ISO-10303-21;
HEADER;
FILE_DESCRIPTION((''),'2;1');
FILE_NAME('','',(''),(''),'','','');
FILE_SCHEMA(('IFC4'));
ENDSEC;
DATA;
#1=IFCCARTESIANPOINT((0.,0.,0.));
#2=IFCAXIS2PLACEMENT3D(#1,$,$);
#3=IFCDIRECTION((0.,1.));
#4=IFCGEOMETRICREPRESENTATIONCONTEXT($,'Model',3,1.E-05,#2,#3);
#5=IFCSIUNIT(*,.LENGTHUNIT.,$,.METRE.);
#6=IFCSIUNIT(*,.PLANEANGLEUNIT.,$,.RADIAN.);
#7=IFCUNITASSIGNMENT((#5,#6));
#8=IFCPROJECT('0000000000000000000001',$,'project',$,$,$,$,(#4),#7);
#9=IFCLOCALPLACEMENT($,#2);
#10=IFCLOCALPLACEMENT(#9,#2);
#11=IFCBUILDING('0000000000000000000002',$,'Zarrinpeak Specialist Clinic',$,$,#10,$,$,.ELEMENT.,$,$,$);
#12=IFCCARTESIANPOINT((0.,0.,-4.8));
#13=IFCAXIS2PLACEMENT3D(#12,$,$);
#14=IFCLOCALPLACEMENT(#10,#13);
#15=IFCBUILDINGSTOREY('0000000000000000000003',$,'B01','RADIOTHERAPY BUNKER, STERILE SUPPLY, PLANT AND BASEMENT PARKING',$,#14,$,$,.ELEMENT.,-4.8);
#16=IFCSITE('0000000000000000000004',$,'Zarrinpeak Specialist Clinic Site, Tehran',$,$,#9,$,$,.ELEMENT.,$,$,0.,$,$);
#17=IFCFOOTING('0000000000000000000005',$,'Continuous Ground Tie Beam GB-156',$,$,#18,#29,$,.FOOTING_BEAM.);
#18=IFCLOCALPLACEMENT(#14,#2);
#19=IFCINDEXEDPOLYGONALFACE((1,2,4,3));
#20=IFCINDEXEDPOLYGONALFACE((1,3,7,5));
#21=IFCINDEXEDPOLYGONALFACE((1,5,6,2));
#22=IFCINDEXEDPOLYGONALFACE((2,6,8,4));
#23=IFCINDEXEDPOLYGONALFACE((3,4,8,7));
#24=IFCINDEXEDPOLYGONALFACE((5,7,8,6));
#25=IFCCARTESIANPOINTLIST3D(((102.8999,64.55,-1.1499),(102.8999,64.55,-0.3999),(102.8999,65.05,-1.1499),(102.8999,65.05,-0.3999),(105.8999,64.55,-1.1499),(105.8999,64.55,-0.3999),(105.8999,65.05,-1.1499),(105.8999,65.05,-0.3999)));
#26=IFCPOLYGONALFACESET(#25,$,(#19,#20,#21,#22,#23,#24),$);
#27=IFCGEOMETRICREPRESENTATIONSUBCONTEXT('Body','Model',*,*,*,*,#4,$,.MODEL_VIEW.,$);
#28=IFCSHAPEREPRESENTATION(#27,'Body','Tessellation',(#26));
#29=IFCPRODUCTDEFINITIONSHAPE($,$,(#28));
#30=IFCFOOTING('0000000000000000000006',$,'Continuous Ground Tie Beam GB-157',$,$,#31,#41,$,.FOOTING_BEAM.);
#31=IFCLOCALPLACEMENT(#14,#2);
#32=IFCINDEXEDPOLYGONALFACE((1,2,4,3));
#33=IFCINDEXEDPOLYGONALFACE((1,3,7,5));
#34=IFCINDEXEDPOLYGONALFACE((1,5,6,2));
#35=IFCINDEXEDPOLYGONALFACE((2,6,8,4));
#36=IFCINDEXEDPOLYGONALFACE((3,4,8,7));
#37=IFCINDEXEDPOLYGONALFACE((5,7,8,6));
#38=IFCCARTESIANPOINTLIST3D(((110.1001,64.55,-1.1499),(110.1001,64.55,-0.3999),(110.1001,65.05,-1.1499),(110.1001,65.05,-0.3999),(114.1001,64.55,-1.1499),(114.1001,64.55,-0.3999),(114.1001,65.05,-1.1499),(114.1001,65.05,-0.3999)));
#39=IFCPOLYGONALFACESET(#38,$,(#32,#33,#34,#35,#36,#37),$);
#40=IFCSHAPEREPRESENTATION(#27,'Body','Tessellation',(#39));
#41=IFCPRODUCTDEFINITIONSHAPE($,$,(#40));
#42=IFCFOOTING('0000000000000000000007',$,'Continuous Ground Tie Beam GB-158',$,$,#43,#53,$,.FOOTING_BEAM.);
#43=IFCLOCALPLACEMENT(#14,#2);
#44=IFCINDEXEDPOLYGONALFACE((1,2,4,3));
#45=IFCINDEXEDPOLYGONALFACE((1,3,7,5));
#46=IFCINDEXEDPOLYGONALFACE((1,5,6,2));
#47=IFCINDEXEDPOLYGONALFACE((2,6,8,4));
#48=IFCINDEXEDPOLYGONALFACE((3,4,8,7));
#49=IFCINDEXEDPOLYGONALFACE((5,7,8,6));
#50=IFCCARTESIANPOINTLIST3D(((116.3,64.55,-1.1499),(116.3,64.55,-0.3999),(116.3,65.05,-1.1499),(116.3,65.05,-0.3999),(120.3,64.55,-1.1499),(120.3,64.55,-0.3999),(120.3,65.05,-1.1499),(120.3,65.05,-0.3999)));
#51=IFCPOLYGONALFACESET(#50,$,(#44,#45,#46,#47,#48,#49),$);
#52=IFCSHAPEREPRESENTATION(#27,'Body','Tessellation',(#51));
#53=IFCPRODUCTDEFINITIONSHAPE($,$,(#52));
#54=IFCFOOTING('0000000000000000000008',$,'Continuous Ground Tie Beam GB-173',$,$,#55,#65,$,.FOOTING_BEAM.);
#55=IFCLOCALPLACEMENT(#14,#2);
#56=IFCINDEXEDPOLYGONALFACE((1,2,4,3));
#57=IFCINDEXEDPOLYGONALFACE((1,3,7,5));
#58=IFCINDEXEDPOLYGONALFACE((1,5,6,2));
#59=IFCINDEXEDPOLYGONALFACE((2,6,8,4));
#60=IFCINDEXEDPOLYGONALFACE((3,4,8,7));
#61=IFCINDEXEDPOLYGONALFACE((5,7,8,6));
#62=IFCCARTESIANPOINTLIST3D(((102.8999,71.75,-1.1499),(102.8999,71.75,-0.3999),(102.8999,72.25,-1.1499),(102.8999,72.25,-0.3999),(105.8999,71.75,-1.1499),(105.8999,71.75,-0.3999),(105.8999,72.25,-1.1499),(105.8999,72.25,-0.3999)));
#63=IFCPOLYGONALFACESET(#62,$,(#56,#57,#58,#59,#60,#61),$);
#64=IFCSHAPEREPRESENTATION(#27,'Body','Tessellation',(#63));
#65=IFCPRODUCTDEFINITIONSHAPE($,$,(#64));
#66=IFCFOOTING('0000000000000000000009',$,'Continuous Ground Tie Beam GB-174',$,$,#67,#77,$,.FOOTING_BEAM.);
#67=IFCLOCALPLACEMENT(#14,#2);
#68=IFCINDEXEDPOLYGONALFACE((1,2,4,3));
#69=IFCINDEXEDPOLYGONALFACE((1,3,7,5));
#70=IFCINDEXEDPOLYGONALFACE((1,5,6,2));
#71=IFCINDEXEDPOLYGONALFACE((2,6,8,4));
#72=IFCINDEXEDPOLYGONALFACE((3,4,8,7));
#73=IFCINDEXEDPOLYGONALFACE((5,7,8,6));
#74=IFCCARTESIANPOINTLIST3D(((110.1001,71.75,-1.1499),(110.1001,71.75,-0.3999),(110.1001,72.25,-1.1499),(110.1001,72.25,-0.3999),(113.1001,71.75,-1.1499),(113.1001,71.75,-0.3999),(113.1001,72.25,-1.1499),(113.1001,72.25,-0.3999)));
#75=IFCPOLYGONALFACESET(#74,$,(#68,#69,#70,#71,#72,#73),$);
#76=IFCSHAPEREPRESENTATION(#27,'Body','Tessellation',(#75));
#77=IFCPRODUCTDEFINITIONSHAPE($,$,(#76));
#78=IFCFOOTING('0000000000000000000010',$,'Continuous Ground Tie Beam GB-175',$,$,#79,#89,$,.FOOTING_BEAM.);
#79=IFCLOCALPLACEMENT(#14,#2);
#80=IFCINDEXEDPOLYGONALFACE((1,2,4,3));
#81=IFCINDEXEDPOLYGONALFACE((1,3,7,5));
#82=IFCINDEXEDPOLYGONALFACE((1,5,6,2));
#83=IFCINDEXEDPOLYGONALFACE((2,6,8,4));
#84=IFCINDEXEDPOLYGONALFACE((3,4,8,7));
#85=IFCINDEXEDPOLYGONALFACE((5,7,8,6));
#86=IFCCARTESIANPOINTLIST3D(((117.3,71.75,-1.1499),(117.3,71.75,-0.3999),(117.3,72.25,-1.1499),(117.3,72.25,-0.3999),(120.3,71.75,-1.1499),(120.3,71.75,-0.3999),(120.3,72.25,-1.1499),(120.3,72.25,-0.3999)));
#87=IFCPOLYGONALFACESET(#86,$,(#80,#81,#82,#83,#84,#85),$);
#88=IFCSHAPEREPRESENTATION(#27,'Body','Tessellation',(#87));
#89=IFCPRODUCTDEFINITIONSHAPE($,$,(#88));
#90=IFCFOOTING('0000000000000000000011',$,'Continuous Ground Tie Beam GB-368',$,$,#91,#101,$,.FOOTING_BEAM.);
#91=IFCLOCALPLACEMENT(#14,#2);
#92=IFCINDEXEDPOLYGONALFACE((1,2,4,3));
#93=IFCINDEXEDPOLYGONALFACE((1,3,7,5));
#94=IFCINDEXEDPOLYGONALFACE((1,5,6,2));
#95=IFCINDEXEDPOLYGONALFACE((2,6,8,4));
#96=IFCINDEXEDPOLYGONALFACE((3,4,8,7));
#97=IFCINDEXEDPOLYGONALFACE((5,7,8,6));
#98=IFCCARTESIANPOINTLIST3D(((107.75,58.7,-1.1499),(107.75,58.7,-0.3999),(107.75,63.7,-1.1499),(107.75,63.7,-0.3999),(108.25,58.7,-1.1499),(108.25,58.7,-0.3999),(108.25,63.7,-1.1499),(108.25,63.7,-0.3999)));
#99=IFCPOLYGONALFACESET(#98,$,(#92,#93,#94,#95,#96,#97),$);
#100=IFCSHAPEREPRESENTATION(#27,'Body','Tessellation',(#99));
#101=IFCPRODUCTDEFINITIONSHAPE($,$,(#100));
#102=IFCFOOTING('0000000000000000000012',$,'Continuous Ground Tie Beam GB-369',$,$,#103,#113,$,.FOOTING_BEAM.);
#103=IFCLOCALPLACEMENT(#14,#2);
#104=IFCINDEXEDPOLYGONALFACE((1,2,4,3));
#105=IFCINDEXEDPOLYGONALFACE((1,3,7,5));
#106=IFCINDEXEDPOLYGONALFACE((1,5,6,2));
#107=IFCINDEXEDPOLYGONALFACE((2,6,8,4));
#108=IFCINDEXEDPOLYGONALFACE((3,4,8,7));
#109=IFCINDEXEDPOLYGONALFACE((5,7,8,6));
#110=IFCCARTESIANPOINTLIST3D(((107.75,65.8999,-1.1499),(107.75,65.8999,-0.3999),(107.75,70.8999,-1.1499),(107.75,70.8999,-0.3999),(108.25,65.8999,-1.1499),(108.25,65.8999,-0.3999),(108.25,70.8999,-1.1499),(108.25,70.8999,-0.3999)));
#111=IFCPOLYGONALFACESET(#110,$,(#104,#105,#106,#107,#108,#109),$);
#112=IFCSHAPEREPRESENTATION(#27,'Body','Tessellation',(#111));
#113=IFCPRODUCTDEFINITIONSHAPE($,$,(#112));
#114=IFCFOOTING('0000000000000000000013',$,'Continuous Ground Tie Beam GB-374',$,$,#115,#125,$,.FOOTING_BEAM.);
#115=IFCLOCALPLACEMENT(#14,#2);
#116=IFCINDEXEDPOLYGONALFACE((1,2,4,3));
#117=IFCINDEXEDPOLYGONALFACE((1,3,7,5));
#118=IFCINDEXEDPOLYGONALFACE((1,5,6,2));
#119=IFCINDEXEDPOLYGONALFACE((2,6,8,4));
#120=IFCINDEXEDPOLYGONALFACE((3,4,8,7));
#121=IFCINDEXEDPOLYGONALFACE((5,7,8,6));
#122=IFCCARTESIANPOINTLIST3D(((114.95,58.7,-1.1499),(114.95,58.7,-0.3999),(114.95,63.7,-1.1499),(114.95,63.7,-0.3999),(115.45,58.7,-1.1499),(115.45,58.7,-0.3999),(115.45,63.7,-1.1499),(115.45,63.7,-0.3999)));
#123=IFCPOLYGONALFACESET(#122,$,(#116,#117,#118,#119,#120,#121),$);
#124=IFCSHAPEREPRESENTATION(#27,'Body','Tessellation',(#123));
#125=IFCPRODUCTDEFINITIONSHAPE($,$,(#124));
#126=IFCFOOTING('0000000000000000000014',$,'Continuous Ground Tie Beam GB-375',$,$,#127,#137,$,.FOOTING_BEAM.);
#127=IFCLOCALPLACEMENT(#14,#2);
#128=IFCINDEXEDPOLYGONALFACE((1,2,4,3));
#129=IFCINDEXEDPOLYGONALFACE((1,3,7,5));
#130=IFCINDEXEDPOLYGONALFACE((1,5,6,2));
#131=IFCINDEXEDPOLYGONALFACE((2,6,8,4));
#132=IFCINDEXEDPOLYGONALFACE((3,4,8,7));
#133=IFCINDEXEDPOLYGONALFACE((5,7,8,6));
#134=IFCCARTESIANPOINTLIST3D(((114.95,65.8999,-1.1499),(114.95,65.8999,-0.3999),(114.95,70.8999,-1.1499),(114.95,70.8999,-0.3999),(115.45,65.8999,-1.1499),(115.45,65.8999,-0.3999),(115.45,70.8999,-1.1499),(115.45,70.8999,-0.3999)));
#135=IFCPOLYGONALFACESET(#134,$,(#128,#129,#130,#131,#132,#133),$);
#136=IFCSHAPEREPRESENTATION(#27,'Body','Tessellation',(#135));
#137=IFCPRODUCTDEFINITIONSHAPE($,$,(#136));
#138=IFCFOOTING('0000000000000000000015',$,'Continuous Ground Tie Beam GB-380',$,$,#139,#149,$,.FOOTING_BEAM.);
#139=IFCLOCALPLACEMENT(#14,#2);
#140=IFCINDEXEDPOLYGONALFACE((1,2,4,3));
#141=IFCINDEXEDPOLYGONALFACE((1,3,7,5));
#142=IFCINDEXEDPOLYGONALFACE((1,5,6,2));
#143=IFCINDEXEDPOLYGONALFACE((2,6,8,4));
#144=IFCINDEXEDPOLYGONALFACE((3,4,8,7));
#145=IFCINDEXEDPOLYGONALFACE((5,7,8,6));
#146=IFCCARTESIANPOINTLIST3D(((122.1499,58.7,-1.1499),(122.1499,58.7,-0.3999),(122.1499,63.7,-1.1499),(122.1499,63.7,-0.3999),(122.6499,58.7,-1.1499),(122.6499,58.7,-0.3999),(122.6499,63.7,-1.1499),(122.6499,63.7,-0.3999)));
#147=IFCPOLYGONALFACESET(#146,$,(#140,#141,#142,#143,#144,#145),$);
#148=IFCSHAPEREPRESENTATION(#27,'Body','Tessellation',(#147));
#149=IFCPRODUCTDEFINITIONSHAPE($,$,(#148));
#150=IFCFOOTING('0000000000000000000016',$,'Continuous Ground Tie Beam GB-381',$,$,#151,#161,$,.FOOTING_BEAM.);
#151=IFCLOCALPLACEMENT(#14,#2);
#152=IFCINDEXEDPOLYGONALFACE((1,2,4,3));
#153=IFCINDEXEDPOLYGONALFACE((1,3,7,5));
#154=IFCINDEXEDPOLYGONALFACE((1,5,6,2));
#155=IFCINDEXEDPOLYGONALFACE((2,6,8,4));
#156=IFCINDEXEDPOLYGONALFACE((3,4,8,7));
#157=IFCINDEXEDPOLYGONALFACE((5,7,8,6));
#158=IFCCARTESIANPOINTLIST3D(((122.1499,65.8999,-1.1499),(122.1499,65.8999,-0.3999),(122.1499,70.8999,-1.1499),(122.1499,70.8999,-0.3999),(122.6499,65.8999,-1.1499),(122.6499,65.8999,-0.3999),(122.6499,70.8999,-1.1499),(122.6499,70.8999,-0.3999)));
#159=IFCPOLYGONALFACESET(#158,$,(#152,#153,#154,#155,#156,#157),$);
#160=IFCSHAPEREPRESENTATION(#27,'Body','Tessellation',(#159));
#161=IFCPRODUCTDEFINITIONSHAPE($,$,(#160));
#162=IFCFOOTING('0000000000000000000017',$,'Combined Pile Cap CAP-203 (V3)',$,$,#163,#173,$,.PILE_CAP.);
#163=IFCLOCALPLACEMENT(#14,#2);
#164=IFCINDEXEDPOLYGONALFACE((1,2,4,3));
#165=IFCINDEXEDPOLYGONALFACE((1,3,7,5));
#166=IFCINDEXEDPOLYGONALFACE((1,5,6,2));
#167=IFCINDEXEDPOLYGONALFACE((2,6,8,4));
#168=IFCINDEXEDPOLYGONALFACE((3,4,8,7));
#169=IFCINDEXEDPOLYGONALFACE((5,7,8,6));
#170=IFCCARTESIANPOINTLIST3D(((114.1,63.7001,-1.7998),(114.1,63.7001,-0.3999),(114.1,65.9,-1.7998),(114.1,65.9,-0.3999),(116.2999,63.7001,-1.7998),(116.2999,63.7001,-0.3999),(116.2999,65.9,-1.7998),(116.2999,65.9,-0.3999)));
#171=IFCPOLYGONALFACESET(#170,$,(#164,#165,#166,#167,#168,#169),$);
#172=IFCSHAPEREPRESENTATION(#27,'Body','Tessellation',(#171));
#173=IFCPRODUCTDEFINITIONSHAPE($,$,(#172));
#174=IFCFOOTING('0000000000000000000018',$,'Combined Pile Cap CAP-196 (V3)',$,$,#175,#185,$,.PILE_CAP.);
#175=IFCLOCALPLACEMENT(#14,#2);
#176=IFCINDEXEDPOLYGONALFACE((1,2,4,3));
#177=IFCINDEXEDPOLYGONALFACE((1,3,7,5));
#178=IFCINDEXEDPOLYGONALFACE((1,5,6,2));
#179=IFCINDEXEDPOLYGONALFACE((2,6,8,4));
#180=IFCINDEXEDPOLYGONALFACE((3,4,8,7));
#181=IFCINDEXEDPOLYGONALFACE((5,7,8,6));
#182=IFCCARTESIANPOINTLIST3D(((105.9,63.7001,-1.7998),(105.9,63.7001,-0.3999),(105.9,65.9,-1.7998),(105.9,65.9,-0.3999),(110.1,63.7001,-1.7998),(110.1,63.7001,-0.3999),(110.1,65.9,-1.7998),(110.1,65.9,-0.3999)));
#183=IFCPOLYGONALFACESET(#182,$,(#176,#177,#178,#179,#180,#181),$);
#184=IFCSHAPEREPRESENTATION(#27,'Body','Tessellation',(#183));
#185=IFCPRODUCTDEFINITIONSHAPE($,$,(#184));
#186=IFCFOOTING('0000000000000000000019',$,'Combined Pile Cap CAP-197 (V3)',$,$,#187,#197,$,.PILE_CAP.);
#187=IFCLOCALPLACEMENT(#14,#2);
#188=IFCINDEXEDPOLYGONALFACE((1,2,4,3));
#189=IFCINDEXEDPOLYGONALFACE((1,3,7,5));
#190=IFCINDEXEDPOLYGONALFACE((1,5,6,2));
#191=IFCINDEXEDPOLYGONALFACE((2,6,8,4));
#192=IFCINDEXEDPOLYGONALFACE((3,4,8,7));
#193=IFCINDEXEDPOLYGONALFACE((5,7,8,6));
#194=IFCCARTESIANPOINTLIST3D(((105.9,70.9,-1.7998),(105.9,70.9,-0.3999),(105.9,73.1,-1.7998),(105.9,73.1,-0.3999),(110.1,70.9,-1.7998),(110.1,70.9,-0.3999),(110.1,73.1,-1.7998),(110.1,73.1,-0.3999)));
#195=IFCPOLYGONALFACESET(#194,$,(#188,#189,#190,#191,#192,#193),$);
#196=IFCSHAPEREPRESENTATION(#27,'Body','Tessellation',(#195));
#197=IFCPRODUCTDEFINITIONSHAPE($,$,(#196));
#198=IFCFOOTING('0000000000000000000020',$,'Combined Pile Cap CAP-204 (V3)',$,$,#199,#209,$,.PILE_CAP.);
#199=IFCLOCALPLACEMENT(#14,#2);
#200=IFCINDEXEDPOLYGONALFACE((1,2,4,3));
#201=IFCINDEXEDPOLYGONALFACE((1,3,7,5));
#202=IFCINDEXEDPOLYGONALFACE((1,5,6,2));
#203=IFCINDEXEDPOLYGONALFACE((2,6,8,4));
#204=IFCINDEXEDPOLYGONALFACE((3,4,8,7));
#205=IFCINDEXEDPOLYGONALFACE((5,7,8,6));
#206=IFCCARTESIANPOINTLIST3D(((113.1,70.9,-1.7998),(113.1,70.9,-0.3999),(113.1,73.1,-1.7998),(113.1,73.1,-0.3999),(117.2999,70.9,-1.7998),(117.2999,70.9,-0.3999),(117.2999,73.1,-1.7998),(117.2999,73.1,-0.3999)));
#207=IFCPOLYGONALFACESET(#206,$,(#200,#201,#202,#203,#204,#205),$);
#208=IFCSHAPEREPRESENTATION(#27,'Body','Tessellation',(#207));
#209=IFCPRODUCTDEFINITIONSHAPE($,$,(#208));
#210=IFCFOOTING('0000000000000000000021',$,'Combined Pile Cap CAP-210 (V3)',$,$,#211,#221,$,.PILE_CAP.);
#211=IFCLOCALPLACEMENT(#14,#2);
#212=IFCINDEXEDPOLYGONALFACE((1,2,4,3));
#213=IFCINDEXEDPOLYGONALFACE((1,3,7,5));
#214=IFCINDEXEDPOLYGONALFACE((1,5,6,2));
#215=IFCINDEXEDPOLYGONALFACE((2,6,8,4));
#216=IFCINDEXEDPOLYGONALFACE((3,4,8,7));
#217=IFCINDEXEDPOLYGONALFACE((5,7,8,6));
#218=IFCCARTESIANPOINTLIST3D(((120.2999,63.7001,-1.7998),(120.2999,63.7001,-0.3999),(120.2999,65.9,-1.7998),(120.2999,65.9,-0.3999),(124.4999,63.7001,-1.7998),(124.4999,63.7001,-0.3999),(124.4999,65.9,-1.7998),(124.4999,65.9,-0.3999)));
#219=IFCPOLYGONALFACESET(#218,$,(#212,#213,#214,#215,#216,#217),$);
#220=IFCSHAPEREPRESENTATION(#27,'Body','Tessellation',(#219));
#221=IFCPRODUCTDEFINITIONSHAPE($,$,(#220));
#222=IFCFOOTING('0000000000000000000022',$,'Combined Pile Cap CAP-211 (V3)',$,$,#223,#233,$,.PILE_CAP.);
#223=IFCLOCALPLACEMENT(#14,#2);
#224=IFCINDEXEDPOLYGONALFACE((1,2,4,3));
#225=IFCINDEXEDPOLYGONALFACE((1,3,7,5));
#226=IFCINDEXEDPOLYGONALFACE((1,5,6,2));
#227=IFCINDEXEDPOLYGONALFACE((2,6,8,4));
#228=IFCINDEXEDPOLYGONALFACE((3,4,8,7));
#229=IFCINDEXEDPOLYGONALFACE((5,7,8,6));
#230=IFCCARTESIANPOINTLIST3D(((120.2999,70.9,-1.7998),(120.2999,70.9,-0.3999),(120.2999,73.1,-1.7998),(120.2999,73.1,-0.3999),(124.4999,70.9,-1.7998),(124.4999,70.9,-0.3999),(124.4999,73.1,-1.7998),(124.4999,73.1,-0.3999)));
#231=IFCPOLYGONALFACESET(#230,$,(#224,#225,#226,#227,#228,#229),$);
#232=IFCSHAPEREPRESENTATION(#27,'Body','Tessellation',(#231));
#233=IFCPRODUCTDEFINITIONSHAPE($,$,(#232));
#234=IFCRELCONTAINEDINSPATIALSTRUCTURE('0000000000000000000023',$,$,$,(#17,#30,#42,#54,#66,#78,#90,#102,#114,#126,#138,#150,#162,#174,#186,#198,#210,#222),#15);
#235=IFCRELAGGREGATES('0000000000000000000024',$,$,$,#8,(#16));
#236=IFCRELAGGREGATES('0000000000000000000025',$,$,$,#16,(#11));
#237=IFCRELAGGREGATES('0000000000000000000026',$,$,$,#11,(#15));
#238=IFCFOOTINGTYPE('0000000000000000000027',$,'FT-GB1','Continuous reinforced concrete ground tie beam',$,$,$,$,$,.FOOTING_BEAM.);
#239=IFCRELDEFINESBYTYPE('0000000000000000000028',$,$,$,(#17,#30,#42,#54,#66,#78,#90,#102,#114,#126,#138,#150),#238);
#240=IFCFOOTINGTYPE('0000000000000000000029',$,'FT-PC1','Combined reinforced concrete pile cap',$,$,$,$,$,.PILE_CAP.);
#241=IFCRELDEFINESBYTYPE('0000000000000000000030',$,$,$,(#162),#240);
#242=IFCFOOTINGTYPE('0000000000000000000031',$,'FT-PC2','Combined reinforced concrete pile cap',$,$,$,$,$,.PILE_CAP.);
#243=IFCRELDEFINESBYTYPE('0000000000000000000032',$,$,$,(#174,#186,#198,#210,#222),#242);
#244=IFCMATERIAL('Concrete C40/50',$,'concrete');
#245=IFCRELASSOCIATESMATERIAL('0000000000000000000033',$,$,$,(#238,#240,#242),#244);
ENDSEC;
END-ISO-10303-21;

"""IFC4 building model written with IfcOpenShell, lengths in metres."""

from ifc_helpers import new_model, si_unit, direction, frame, origin, origin_2d, place, context, subcontext, project, spatial, rectangle, extrude, material, material_profile, profile_set, type_object, element, save


model = new_model("IFC4")

# Units and contexts
model_context = context("Model", 3, precision=1e-05, world=origin(), true_north=direction((0.0, 1.0)))
body_context = subcontext(model_context, "Body", "Model", "MODEL_VIEW")
ifc_project = project(units=[si_unit("LENGTHUNIT", "METRE"), si_unit("PLANEANGLEUNIT", "RADIAN")], contexts=[model_context])

# Site, building, storey
site_placement = place(None, origin())
site = spatial("IfcSite", under=ifc_project, at=site_placement, Name="Zarrinpeak Specialist Clinic Site, Tehran", CompositionType="ELEMENT", RefElevation=0.0)
building_placement = place(site_placement, origin())
building = spatial("IfcBuilding", under=site, at=building_placement, Name="Zarrinpeak Specialist Clinic", CompositionType="ELEMENT")
storey_placement = place(building_placement, frame((0.0, 0.0, -4.8)))
storey = spatial("IfcBuildingStorey", under=building, at=storey_placement, Name="B01", Description="RADIOTHERAPY BUNKER, STERILE SUPPLY, PLANT AND BASEMENT PARKING", CompositionType="ELEMENT", Elevation=-4.8)

# Footings
ifc_material = material(Name="Concrete C40/50", Category="concrete")
ifc_material_profile_1 = material_profile(ifc_material, rectangle(XDim=0.5, YDim=0.75, at=origin_2d()), Name="RC 500x750")
ifc_profile_set_1 = profile_set([ifc_material_profile_1], Name="Concrete C40/50")
footing_type_1 = type_object("IfcFootingType", Name="FT-GB1", Description="Continuous reinforced concrete ground tie beam", PredefinedType="FOOTING_BEAM", material=ifc_profile_set_1)
footing_1_placement = place(storey_placement, frame((102.8999, 64.8, -0.7749), z_axis=(1.0, 0.0, 0.0), x_axis=(0.0, 1.0, 0.0)))
element("IfcFooting", 1, at=footing_1_placement, inside=storey, type_object=footing_type_1, Name="Continuous Ground Tie Beam GB-156", PredefinedType="FOOTING_BEAM", context=body_context, shape_type="SweptSolid", body=[
    extrude(rectangle(XDim=0.5, YDim=0.75, at=origin_2d()), origin(), (0.0, 0.0, 1.0), 3.0),
])
for number, where, z_axis, x_axis, name in (
    (2, (110.1001, 64.8, -0.7749), (1.0, 0.0, 0.0), (0.0, 1.0, 0.0), "Continuous Ground Tie Beam GB-157"),
    (3, (116.3, 64.8, -0.7749), (1.0, 0.0, 0.0), (0.0, 1.0, 0.0), "Continuous Ground Tie Beam GB-158"),
):
    element("IfcFooting", number, at=place(storey_placement, frame(where, z_axis=z_axis, x_axis=x_axis)), inside=storey, type_object=footing_type_1, Name=name, PredefinedType="FOOTING_BEAM", context=body_context, shape_type="SweptSolid", body=[
        extrude(rectangle(XDim=0.5, YDim=0.75, at=origin_2d()), origin(), (0.0, 0.0, 1.0), 4.0),
    ])
for number, where, z_axis, x_axis, name in (
    (4, (102.8999, 72.0, -0.7749), (1.0, 0.0, 0.0), (0.0, 1.0, 0.0), "Continuous Ground Tie Beam GB-173"),
    (5, (110.1001, 72.0, -0.7749), (1.0, 0.0, 0.0), (0.0, 1.0, 0.0), "Continuous Ground Tie Beam GB-174"),
    (6, (117.3, 72.0, -0.7749), (1.0, 0.0, 0.0), (0.0, 1.0, 0.0), "Continuous Ground Tie Beam GB-175"),
):
    element("IfcFooting", number, at=place(storey_placement, frame(where, z_axis=z_axis, x_axis=x_axis)), inside=storey, type_object=footing_type_1, Name=name, PredefinedType="FOOTING_BEAM", context=body_context, shape_type="SweptSolid", body=[
        extrude(rectangle(XDim=0.5, YDim=0.75, at=origin_2d()), origin(), (0.0, 0.0, 1.0), 3.0),
    ])
for number, where, z_axis, x_axis, name in (
    (7, (108.0, 58.7, -0.7749), (0.0, 1.0, 0.0), (-1.0, 0.0, 0.0), "Continuous Ground Tie Beam GB-368"),
    (8, (108.0, 65.8999, -0.7749), (0.0, 1.0, 0.0), (-1.0, 0.0, 0.0), "Continuous Ground Tie Beam GB-369"),
    (9, (115.2, 58.7, -0.7749), (0.0, 1.0, 0.0), (-1.0, 0.0, 0.0), "Continuous Ground Tie Beam GB-374"),
    (10, (115.2, 65.8999, -0.7749), (0.0, 1.0, 0.0), (-1.0, 0.0, 0.0), "Continuous Ground Tie Beam GB-375"),
    (11, (122.3999, 58.7, -0.7749), (0.0, 1.0, 0.0), (-1.0, 0.0, 0.0), "Continuous Ground Tie Beam GB-380"),
    (12, (122.3999, 65.8999, -0.7749), (0.0, 1.0, 0.0), (-1.0, 0.0, 0.0), "Continuous Ground Tie Beam GB-381"),
):
    element("IfcFooting", number, at=place(storey_placement, frame(where, z_axis=z_axis, x_axis=x_axis)), inside=storey, type_object=footing_type_1, Name=name, PredefinedType="FOOTING_BEAM", context=body_context, shape_type="SweptSolid", body=[
        extrude(rectangle(XDim=0.5, YDim=0.75, at=origin_2d()), origin(), (0.0, 0.0, 1.0), 5.0),
    ])
footing_type_2 = type_object("IfcFootingType", Name="FT-PC1", Description="Combined reinforced concrete pile cap", PredefinedType="PILE_CAP", material=ifc_material)
footing_2_placement = place(storey_placement, frame((115.2, 64.8, -1.7998), z_axis=(0.0, 0.0, 1.0), x_axis=(1.0, 0.0, 0.0)))
element("IfcFooting", 13, at=footing_2_placement, inside=storey, type_object=footing_type_2, Name="Combined Pile Cap CAP-203 (V3)", PredefinedType="PILE_CAP", context=body_context, shape_type="SweptSolid", body=[
    extrude(rectangle(XDim=2.2, YDim=2.2, at=origin_2d()), origin(), (0.0, 0.0, 1.0), 1.3999),
])
footing_type_3 = type_object("IfcFootingType", Name="FT-PC2", Description="Combined reinforced concrete pile cap", PredefinedType="PILE_CAP", material=ifc_material)
for number, where, z_axis, x_axis, name in (
    (14, (108.0, 64.8, -1.7998), (0.0, 0.0, 1.0), (1.0, 0.0, 0.0), "Combined Pile Cap CAP-196 (V3)"),
    (15, (108.0, 72.0, -1.7998), (0.0, 0.0, 1.0), (1.0, 0.0, 0.0), "Combined Pile Cap CAP-197 (V3)"),
    (16, (115.2, 72.0, -1.7998), (0.0, 0.0, 1.0), (1.0, 0.0, 0.0), "Combined Pile Cap CAP-204 (V3)"),
    (17, (122.3999, 64.8, -1.7998), (0.0, 0.0, 1.0), (1.0, 0.0, 0.0), "Combined Pile Cap CAP-210 (V3)"),
    (18, (122.3999, 72.0, -1.7998), (0.0, 0.0, 1.0), (1.0, 0.0, 0.0), "Combined Pile Cap CAP-211 (V3)"),
):
    element("IfcFooting", number, at=place(storey_placement, frame(where, z_axis=z_axis, x_axis=x_axis)), inside=storey, type_object=footing_type_3, Name=name, PredefinedType="PILE_CAP", context=body_context, shape_type="SweptSolid", body=[
        extrude(rectangle(XDim=4.2, YDim=2.2, at=origin_2d()), origin(), (0.0, 0.0, 1.0), 1.3999),
    ])

save(model, "model.ifc")
